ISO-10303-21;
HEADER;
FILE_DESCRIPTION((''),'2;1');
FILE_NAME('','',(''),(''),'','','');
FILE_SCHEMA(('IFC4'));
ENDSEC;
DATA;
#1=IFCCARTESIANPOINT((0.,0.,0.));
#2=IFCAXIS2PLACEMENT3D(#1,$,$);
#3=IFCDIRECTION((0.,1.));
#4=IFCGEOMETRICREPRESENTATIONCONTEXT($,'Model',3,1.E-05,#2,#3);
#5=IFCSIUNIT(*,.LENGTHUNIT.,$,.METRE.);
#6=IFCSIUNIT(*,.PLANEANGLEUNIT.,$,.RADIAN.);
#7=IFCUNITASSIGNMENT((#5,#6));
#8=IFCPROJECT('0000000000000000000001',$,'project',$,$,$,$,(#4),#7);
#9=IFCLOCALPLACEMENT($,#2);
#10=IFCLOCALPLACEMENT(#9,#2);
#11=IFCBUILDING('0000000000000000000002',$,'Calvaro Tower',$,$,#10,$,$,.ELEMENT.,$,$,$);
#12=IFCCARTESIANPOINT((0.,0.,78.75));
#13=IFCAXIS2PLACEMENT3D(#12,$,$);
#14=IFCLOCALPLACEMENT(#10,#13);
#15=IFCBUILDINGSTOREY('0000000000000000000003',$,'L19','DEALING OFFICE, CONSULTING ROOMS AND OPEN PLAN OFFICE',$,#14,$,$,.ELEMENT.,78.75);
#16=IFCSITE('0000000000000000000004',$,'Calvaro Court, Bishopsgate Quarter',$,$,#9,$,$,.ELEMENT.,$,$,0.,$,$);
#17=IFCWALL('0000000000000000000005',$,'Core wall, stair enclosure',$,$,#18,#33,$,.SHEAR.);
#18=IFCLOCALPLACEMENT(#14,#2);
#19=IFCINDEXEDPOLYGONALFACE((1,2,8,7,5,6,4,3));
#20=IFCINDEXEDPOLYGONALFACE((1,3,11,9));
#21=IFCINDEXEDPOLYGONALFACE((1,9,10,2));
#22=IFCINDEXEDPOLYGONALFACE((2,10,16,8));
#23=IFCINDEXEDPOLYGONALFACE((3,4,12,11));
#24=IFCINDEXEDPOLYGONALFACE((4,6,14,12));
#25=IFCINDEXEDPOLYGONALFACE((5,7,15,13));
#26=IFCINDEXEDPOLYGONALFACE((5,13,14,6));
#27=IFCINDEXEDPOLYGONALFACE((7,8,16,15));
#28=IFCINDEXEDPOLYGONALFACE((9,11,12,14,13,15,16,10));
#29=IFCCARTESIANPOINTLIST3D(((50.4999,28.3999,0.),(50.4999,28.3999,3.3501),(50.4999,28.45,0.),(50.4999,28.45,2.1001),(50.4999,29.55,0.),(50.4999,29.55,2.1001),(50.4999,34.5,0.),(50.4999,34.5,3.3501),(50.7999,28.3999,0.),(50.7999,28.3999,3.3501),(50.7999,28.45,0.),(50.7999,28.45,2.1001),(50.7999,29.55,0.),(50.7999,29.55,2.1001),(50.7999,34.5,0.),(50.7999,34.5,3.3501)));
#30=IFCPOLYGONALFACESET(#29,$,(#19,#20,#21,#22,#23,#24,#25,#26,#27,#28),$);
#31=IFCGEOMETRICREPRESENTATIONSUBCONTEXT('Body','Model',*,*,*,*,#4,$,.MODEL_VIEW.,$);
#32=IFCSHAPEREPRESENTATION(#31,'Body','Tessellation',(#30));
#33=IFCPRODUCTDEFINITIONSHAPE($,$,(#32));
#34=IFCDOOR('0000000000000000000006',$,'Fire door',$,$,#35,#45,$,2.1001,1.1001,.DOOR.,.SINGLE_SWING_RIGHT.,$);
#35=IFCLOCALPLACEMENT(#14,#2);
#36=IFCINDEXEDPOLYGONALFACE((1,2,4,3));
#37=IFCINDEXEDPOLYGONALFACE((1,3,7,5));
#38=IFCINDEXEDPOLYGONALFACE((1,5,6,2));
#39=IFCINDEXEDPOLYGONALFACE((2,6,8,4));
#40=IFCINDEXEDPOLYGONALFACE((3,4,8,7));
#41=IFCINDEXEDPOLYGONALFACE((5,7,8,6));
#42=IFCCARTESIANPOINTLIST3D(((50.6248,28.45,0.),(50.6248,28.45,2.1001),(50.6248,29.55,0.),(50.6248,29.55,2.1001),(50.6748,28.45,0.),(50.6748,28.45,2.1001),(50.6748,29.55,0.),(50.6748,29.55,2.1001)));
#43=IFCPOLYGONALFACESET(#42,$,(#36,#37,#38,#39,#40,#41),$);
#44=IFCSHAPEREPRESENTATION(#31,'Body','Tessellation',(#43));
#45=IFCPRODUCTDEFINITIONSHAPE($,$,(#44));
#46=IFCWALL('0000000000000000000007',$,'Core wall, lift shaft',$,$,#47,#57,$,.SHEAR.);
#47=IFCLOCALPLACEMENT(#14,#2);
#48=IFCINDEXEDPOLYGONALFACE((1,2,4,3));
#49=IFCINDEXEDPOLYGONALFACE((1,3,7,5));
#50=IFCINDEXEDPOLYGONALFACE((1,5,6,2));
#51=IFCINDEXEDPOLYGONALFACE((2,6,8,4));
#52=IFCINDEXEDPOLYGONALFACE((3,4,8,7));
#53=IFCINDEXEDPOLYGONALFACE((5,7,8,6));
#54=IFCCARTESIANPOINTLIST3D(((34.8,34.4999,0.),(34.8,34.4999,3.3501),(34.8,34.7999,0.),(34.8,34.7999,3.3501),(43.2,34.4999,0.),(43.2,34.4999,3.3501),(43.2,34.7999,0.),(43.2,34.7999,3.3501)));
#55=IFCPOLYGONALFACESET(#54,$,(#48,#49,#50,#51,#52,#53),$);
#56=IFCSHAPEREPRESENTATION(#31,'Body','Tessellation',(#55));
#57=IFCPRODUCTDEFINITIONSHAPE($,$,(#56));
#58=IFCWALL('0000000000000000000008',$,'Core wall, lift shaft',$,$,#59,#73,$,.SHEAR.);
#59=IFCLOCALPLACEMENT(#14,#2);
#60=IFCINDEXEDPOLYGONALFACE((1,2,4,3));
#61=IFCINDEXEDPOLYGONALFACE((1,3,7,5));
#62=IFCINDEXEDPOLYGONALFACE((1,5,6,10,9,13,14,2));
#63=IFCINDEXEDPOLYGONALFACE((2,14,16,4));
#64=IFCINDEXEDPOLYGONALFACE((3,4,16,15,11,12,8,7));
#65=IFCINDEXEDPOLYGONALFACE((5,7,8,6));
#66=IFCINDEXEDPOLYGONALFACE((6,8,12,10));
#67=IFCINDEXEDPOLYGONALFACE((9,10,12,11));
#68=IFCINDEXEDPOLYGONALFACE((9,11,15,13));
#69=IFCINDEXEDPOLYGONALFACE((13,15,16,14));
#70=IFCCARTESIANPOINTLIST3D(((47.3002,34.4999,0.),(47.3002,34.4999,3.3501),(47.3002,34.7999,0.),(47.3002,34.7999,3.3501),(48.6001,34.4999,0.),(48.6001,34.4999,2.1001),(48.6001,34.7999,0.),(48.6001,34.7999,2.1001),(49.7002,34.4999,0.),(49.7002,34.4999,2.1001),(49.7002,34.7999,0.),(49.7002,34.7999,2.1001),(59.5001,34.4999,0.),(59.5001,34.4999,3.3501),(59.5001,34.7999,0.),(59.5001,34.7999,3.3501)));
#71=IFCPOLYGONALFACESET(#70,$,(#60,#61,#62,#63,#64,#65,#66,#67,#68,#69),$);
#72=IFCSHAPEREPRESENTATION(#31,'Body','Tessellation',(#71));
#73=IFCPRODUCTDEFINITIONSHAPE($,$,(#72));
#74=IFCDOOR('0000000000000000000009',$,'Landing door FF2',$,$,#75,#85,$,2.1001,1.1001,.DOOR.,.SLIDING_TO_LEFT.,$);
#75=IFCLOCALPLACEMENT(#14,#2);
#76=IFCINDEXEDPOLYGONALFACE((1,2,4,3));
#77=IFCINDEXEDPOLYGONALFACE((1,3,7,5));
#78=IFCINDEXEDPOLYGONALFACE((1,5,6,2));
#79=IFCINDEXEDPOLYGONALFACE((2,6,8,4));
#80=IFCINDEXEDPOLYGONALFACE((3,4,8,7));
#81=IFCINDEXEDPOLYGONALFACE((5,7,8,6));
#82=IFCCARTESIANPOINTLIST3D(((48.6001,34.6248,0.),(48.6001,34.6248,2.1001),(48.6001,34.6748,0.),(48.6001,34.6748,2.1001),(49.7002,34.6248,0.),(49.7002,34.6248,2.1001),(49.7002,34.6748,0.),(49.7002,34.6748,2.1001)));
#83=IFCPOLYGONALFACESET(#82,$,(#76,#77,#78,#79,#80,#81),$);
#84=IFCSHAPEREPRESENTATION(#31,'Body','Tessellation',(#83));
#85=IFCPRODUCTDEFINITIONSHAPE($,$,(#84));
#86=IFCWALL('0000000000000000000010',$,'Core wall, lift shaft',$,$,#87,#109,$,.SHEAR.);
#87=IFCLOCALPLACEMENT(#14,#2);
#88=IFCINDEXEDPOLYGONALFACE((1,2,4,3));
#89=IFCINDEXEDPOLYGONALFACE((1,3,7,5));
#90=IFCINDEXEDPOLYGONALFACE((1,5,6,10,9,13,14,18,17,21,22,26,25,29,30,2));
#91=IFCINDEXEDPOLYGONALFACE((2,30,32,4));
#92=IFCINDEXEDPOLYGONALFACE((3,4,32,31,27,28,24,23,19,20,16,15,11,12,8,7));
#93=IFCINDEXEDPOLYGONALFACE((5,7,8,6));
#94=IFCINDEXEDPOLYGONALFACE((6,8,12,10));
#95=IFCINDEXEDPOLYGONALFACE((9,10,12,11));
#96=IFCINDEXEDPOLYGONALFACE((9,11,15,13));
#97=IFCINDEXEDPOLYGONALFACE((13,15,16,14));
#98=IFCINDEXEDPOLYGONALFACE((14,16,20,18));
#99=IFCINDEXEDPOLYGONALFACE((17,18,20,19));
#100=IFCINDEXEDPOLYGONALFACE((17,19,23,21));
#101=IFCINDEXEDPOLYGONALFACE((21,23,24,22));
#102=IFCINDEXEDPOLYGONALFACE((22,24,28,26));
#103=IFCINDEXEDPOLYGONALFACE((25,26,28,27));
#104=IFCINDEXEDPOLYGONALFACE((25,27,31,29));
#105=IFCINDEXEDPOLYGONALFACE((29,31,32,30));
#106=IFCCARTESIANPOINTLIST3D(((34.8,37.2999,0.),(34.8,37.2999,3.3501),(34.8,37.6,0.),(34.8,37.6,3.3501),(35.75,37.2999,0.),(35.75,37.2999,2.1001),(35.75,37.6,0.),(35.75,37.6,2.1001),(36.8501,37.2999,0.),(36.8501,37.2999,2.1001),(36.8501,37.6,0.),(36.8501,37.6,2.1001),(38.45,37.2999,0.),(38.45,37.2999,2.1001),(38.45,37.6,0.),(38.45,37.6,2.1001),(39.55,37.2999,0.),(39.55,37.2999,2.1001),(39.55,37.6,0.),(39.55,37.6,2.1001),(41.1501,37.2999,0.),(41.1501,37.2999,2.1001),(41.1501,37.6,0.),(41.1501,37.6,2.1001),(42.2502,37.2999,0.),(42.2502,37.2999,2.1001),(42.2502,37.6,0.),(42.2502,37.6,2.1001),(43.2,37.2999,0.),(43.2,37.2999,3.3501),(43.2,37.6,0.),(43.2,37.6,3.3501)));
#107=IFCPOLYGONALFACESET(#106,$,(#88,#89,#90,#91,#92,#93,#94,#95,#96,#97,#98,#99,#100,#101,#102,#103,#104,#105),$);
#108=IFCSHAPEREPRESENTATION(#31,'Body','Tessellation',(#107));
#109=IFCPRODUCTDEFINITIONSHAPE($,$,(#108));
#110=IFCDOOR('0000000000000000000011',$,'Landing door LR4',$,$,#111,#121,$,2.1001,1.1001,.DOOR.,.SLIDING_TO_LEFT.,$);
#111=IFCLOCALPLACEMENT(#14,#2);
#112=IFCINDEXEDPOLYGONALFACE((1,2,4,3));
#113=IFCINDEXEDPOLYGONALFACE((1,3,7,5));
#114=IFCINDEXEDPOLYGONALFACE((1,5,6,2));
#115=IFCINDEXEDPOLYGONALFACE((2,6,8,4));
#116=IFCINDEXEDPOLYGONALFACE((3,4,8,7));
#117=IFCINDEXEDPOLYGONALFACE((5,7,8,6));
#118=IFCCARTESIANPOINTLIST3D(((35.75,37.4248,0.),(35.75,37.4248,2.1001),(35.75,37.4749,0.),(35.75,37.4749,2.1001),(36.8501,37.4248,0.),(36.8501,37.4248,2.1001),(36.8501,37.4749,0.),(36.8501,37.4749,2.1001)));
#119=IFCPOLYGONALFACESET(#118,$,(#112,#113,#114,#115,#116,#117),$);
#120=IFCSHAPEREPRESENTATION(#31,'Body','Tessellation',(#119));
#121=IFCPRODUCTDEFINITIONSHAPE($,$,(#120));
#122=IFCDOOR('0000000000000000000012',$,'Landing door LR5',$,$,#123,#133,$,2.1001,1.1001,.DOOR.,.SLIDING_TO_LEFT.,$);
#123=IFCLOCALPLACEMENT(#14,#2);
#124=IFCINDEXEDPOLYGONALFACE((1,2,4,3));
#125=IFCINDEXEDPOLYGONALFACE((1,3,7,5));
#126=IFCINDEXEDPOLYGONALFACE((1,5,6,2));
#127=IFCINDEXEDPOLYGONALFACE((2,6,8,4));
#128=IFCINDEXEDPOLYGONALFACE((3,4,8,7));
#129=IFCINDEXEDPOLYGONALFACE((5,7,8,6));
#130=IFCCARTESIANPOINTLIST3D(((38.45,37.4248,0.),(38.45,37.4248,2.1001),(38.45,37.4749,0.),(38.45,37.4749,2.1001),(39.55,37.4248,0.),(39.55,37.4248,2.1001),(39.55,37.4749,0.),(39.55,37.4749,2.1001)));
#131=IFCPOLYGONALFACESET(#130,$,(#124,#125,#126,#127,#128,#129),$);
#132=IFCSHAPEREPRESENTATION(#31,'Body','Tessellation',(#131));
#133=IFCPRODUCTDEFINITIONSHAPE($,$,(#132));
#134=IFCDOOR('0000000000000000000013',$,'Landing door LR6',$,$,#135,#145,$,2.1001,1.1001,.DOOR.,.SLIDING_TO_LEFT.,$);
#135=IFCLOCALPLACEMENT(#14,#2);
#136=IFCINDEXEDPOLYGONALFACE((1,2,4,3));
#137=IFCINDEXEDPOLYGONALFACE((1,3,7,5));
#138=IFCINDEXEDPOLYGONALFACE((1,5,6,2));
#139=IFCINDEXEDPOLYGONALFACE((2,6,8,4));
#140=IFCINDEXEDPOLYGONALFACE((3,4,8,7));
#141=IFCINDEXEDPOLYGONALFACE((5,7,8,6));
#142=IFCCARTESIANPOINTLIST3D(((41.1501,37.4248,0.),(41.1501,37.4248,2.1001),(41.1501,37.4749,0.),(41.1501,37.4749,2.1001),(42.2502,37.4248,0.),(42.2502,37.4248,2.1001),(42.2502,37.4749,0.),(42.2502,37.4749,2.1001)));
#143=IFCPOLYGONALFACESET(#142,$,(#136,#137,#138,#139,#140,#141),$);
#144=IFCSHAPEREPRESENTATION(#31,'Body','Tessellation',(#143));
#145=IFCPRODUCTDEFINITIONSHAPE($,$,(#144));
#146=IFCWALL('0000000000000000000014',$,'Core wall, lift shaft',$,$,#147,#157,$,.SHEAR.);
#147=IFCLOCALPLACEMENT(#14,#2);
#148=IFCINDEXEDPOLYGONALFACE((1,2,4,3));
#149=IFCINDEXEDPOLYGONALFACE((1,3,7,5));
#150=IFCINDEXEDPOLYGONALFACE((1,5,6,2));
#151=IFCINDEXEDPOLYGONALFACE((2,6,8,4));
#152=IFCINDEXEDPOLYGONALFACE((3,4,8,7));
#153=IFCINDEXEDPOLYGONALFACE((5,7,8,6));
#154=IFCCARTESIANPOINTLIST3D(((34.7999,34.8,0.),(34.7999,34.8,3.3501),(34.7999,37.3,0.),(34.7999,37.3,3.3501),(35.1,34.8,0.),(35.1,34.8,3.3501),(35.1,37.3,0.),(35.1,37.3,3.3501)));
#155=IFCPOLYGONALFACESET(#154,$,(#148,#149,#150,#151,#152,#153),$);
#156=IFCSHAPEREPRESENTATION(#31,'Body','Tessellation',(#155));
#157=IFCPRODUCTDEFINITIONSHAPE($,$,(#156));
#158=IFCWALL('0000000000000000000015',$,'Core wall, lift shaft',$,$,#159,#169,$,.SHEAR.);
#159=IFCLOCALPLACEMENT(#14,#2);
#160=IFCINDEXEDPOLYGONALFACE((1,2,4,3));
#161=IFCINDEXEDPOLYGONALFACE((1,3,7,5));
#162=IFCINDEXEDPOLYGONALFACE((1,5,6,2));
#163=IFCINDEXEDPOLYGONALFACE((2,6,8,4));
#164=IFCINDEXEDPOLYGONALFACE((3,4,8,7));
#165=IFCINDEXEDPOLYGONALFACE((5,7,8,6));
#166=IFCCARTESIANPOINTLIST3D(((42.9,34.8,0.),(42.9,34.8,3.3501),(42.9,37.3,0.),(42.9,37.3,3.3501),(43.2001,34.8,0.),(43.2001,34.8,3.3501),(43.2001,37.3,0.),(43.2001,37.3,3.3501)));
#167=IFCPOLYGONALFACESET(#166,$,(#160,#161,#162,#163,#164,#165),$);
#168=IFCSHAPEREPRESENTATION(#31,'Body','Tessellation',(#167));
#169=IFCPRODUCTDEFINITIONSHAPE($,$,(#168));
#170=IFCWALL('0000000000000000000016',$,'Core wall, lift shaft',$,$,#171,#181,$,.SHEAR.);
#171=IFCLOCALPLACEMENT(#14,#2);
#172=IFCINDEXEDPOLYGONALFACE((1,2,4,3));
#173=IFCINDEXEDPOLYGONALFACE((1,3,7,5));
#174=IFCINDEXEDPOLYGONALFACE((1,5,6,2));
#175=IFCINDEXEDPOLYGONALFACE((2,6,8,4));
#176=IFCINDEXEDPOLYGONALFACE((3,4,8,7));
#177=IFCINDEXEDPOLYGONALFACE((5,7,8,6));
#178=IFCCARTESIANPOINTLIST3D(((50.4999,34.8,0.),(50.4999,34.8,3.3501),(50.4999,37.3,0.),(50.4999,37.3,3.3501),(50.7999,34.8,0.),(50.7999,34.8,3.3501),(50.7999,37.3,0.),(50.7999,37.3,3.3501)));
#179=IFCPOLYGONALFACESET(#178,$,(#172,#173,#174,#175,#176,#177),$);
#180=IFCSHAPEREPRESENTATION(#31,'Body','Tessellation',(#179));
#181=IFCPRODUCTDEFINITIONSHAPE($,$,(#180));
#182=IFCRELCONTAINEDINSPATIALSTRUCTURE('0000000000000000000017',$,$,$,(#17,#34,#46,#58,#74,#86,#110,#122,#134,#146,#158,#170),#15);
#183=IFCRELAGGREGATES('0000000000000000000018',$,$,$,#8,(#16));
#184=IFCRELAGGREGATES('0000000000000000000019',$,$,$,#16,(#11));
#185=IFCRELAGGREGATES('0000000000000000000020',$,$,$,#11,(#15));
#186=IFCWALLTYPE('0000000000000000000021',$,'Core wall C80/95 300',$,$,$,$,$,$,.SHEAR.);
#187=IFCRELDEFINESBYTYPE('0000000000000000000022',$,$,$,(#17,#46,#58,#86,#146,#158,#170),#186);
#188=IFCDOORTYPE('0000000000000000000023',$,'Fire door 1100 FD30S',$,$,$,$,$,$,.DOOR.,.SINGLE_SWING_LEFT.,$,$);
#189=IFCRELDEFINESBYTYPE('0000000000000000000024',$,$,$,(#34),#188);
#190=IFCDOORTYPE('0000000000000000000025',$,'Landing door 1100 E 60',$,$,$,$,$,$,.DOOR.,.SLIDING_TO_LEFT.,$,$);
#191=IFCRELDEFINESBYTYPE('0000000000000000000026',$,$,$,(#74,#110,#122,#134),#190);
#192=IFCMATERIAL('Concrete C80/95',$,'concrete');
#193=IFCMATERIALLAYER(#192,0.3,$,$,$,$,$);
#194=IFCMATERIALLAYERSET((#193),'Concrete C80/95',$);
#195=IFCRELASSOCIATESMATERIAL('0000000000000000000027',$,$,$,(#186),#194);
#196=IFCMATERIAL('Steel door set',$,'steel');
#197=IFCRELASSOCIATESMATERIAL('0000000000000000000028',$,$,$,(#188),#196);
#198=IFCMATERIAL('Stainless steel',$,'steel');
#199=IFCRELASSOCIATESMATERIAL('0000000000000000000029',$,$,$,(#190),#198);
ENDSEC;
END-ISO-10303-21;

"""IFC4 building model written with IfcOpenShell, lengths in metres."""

from ifc_helpers import new_model, si_unit, direction, frame, frame_2d, origin, place, context, subcontext, project, spatial, rectangle, extrude, material, layer, layer_set, type_object, element, fill, save


model = new_model("IFC4")

# Units and contexts
model_context = context("Model", 3, precision=1e-05, world=origin(), true_north=direction((0.0, 1.0)))
body_context = subcontext(model_context, "Body", "Model", "MODEL_VIEW")
ifc_project = project(units=[si_unit("LENGTHUNIT", "METRE"), si_unit("PLANEANGLEUNIT", "RADIAN")], contexts=[model_context])

# Site, building, storey
site_placement = place(None, origin())
site = spatial("IfcSite", under=ifc_project, at=site_placement, Name="Calvaro Court, Bishopsgate Quarter", CompositionType="ELEMENT", RefElevation=0.0)
building_placement = place(site_placement, origin())
building = spatial("IfcBuilding", under=site, at=building_placement, Name="Calvaro Tower", CompositionType="ELEMENT")
storey_placement = place(building_placement, frame((0.0, 0.0, 78.75)))
storey = spatial("IfcBuildingStorey", under=building, at=storey_placement, Name="L19", Description="DEALING OFFICE, CONSULTING ROOMS AND OPEN PLAN OFFICE", CompositionType="ELEMENT", Elevation=78.75)

# Wall, opening, door
ifc_material_1 = material(Name="Concrete C80/95", Category="concrete")
ifc_layer_1 = layer(ifc_material_1, 0.3)
ifc_layer_set_1 = layer_set([ifc_layer_1], Name="Concrete C80/95")
wall_type_1 = type_object("IfcWallType", Name="Core wall C80/95 300", PredefinedType="SHEAR", material=ifc_layer_set_1)
wall_1_placement = place(storey_placement, frame((50.6499, 34.5, 0.0), z_axis=(0.0, 0.0, 1.0), x_axis=(0.0, -1.0, 0.0)))
wall_1 = element("IfcWall", 1, at=wall_1_placement, inside=storey, type_object=wall_type_1, Name="Core wall, stair enclosure", PredefinedType="SHEAR", context=body_context, shape_type="SweptSolid", body=[
    extrude(rectangle(XDim=6.1001, YDim=0.3, at=frame_2d((3.05, 0.0))), origin(), (0.0, 0.0, 1.0), 3.3501),
])
opening_1_placement = place(wall_1_placement, frame((4.95, 0.0, 0.0)))
opening_1 = element("IfcOpeningElement", 2, at=opening_1_placement, cuts=wall_1, PredefinedType="OPENING", context=body_context, shape_type="SweptSolid", body=[
    extrude(rectangle(XDim=1.1001, YDim=2.1001, at=frame_2d((0.55, 1.05))), frame((0.0, 0.1599, 0.0), z_axis=(0.0, -1.0, 0.0), x_axis=(1.0, 0.0, 0.0)), (0.0, 0.0, 1.0), 0.3201),
])
ifc_material_2 = material(Name="Steel door set", Category="steel")
door_type_1 = type_object("IfcDoorType", Name="Fire door 1100 FD30S", OperationType="SINGLE_SWING_LEFT", PredefinedType="DOOR", material=ifc_material_2)
door_1_placement = place(opening_1_placement, origin())
door_1 = element("IfcDoor", 3, at=door_1_placement, inside=storey, type_object=door_type_1, Name="Fire door", OperationType="SINGLE_SWING_RIGHT", OverallHeight=2.1001, OverallWidth=1.1001, PredefinedType="DOOR", context=body_context, shape_type="SweptSolid", body=[
    extrude(rectangle(XDim=1.1001, YDim=2.1001, at=frame_2d((0.55, 1.05))), frame((0.0, 0.0249, 0.0), z_axis=(0.0, -1.0, 0.0), x_axis=(1.0, 0.0, 0.0)), (0.0, 0.0, 1.0), 0.05),
])
fill(opening_1, door_1)

# Wall
wall_2_placement = place(storey_placement, frame((34.8, 34.6499, 0.0), z_axis=(0.0, 0.0, 1.0), x_axis=(1.0, 0.0, 0.0)))
element("IfcWall", 4, at=wall_2_placement, inside=storey, type_object=wall_type_1, Name="Core wall, lift shaft", PredefinedType="SHEAR", context=body_context, shape_type="SweptSolid", body=[
    extrude(rectangle(XDim=8.3999, YDim=0.3, at=frame_2d((4.2, 0.0))), origin(), (0.0, 0.0, 1.0), 3.3501),
])

# Wall, opening, door
wall_3_placement = place(storey_placement, frame((47.3, 34.6499, 0.0), z_axis=(0.0, 0.0, 1.0), x_axis=(1.0, 0.0, 0.0)))
wall_3 = element("IfcWall", 5, at=wall_3_placement, inside=storey, type_object=wall_type_1, Name="Core wall, lift shaft", PredefinedType="SHEAR", context=body_context, shape_type="SweptSolid", body=[
    extrude(rectangle(XDim=12.2, YDim=0.3, at=frame_2d((6.1001, 0.0))), origin(), (0.0, 0.0, 1.0), 3.3501),
])
opening_2_placement = place(wall_3_placement, frame((1.3, 0.0, 0.0)))
opening_2 = element("IfcOpeningElement", 6, at=opening_2_placement, cuts=wall_3, PredefinedType="OPENING", context=body_context, shape_type="SweptSolid", body=[
    extrude(rectangle(XDim=1.1001, YDim=2.1001, at=frame_2d((0.55, 1.05))), frame((0.0, 0.1599, 0.0), z_axis=(0.0, -1.0, 0.0), x_axis=(1.0, 0.0, 0.0)), (0.0, 0.0, 1.0), 0.3201),
])
ifc_material_3 = material(Name="Stainless steel", Category="steel")
door_type_2 = type_object("IfcDoorType", Name="Landing door 1100 E 60", OperationType="SLIDING_TO_LEFT", PredefinedType="DOOR", material=ifc_material_3)
door_2_placement = place(opening_2_placement, origin())
door_2 = element("IfcDoor", 7, at=door_2_placement, inside=storey, type_object=door_type_2, Name="Landing door FF2", OperationType="SLIDING_TO_LEFT", OverallHeight=2.1001, OverallWidth=1.1001, PredefinedType="DOOR", context=body_context, shape_type="SweptSolid", body=[
    extrude(rectangle(XDim=1.1001, YDim=2.1001, at=frame_2d((0.55, 1.05))), frame((0.0, 0.0249, 0.0), z_axis=(0.0, -1.0, 0.0), x_axis=(1.0, 0.0, 0.0)), (0.0, 0.0, 1.0), 0.05),
])
fill(opening_2, door_2)

# Wall, openings, doors
wall_4_placement = place(storey_placement, frame((34.8, 37.45, 0.0), z_axis=(0.0, 0.0, 1.0), x_axis=(1.0, 0.0, 0.0)))
wall_4 = element("IfcWall", 8, at=wall_4_placement, inside=storey, type_object=wall_type_1, Name="Core wall, lift shaft", PredefinedType="SHEAR", context=body_context, shape_type="SweptSolid", body=[
    extrude(rectangle(XDim=8.3999, YDim=0.3, at=frame_2d((4.2, 0.0))), origin(), (0.0, 0.0, 1.0), 3.3501),
])
opening_3_placement = place(wall_4_placement, frame((0.95, 0.0, 0.0)))
opening_3 = element("IfcOpeningElement", 9, at=opening_3_placement, cuts=wall_4, PredefinedType="OPENING", context=body_context, shape_type="SweptSolid", body=[
    extrude(rectangle(XDim=1.1001, YDim=2.1001, at=frame_2d((0.55, 1.05))), frame((0.0, 0.1599, 0.0), z_axis=(0.0, -1.0, 0.0), x_axis=(1.0, 0.0, 0.0)), (0.0, 0.0, 1.0), 0.3201),
])
opening_4_placement = place(wall_4_placement, frame((3.6499, 0.0, 0.0)))
opening_4 = element("IfcOpeningElement", 10, at=opening_4_placement, cuts=wall_4, PredefinedType="OPENING", context=body_context, shape_type="SweptSolid", body=[
    extrude(rectangle(XDim=1.1001, YDim=2.1001, at=frame_2d((0.55, 1.05))), frame((0.0, 0.1599, 0.0), z_axis=(0.0, -1.0, 0.0), x_axis=(1.0, 0.0, 0.0)), (0.0, 0.0, 1.0), 0.3201),
])
opening_5_placement = place(wall_4_placement, frame((6.3501, 0.0, 0.0)))
opening_5 = element("IfcOpeningElement", 11, at=opening_5_placement, cuts=wall_4, PredefinedType="OPENING", context=body_context, shape_type="SweptSolid", body=[
    extrude(rectangle(XDim=1.1001, YDim=2.1001, at=frame_2d((0.55, 1.05))), frame((0.0, 0.1599, 0.0), z_axis=(0.0, -1.0, 0.0), x_axis=(1.0, 0.0, 0.0)), (0.0, 0.0, 1.0), 0.3201),
])
door_3_placement = place(opening_3_placement, origin())
door_3 = element("IfcDoor", 12, at=door_3_placement, inside=storey, type_object=door_type_2, Name="Landing door LR4", OperationType="SLIDING_TO_LEFT", OverallHeight=2.1001, OverallWidth=1.1001, PredefinedType="DOOR", context=body_context, shape_type="SweptSolid", body=[
    extrude(rectangle(XDim=1.1001, YDim=2.1001, at=frame_2d((0.55, 1.05))), frame((0.0, 0.0249, 0.0), z_axis=(0.0, -1.0, 0.0), x_axis=(1.0, 0.0, 0.0)), (0.0, 0.0, 1.0), 0.05),
])
fill(opening_3, door_3)
door_4_placement = place(opening_4_placement, origin())
door_4 = element("IfcDoor", 13, at=door_4_placement, inside=storey, type_object=door_type_2, Name="Landing door LR5", OperationType="SLIDING_TO_LEFT", OverallHeight=2.1001, OverallWidth=1.1001, PredefinedType="DOOR", context=body_context, shape_type="SweptSolid", body=[
    extrude(rectangle(XDim=1.1001, YDim=2.1001, at=frame_2d((0.55, 1.05))), frame((0.0, 0.0249, 0.0), z_axis=(0.0, -1.0, 0.0), x_axis=(1.0, 0.0, 0.0)), (0.0, 0.0, 1.0), 0.05),
])
fill(opening_4, door_4)
door_5_placement = place(opening_5_placement, origin())
door_5 = element("IfcDoor", 14, at=door_5_placement, inside=storey, type_object=door_type_2, Name="Landing door LR6", OperationType="SLIDING_TO_LEFT", OverallHeight=2.1001, OverallWidth=1.1001, PredefinedType="DOOR", context=body_context, shape_type="SweptSolid", body=[
    extrude(rectangle(XDim=1.1001, YDim=2.1001, at=frame_2d((0.55, 1.05))), frame((0.0, 0.0249, 0.0), z_axis=(0.0, -1.0, 0.0), x_axis=(1.0, 0.0, 0.0)), (0.0, 0.0, 1.0), 0.05),
])
fill(opening_5, door_5)

# Walls
for number, where, z_axis, x_axis, name in (
    (15, (34.95, 34.8, 0.0), (0.0, 0.0, 1.0), (0.0, 1.0, 0.0), "Core wall, lift shaft"),
    (16, (43.05, 34.8, 0.0), (0.0, 0.0, 1.0), (0.0, 1.0, 0.0), "Core wall, lift shaft"),
    (17, (50.6499, 34.8, 0.0), (0.0, 0.0, 1.0), (0.0, 1.0, 0.0), "Core wall, lift shaft"),
):
    element("IfcWall", number, at=place(storey_placement, frame(where, z_axis=z_axis, x_axis=x_axis)), inside=storey, type_object=wall_type_1, Name=name, PredefinedType="SHEAR", context=body_context, shape_type="SweptSolid", body=[
        extrude(rectangle(XDim=2.5, YDim=0.3, at=frame_2d((1.25, 0.0))), origin(), (0.0, 0.0, 1.0), 3.3501),
    ])

save(model, "model.ifc")
